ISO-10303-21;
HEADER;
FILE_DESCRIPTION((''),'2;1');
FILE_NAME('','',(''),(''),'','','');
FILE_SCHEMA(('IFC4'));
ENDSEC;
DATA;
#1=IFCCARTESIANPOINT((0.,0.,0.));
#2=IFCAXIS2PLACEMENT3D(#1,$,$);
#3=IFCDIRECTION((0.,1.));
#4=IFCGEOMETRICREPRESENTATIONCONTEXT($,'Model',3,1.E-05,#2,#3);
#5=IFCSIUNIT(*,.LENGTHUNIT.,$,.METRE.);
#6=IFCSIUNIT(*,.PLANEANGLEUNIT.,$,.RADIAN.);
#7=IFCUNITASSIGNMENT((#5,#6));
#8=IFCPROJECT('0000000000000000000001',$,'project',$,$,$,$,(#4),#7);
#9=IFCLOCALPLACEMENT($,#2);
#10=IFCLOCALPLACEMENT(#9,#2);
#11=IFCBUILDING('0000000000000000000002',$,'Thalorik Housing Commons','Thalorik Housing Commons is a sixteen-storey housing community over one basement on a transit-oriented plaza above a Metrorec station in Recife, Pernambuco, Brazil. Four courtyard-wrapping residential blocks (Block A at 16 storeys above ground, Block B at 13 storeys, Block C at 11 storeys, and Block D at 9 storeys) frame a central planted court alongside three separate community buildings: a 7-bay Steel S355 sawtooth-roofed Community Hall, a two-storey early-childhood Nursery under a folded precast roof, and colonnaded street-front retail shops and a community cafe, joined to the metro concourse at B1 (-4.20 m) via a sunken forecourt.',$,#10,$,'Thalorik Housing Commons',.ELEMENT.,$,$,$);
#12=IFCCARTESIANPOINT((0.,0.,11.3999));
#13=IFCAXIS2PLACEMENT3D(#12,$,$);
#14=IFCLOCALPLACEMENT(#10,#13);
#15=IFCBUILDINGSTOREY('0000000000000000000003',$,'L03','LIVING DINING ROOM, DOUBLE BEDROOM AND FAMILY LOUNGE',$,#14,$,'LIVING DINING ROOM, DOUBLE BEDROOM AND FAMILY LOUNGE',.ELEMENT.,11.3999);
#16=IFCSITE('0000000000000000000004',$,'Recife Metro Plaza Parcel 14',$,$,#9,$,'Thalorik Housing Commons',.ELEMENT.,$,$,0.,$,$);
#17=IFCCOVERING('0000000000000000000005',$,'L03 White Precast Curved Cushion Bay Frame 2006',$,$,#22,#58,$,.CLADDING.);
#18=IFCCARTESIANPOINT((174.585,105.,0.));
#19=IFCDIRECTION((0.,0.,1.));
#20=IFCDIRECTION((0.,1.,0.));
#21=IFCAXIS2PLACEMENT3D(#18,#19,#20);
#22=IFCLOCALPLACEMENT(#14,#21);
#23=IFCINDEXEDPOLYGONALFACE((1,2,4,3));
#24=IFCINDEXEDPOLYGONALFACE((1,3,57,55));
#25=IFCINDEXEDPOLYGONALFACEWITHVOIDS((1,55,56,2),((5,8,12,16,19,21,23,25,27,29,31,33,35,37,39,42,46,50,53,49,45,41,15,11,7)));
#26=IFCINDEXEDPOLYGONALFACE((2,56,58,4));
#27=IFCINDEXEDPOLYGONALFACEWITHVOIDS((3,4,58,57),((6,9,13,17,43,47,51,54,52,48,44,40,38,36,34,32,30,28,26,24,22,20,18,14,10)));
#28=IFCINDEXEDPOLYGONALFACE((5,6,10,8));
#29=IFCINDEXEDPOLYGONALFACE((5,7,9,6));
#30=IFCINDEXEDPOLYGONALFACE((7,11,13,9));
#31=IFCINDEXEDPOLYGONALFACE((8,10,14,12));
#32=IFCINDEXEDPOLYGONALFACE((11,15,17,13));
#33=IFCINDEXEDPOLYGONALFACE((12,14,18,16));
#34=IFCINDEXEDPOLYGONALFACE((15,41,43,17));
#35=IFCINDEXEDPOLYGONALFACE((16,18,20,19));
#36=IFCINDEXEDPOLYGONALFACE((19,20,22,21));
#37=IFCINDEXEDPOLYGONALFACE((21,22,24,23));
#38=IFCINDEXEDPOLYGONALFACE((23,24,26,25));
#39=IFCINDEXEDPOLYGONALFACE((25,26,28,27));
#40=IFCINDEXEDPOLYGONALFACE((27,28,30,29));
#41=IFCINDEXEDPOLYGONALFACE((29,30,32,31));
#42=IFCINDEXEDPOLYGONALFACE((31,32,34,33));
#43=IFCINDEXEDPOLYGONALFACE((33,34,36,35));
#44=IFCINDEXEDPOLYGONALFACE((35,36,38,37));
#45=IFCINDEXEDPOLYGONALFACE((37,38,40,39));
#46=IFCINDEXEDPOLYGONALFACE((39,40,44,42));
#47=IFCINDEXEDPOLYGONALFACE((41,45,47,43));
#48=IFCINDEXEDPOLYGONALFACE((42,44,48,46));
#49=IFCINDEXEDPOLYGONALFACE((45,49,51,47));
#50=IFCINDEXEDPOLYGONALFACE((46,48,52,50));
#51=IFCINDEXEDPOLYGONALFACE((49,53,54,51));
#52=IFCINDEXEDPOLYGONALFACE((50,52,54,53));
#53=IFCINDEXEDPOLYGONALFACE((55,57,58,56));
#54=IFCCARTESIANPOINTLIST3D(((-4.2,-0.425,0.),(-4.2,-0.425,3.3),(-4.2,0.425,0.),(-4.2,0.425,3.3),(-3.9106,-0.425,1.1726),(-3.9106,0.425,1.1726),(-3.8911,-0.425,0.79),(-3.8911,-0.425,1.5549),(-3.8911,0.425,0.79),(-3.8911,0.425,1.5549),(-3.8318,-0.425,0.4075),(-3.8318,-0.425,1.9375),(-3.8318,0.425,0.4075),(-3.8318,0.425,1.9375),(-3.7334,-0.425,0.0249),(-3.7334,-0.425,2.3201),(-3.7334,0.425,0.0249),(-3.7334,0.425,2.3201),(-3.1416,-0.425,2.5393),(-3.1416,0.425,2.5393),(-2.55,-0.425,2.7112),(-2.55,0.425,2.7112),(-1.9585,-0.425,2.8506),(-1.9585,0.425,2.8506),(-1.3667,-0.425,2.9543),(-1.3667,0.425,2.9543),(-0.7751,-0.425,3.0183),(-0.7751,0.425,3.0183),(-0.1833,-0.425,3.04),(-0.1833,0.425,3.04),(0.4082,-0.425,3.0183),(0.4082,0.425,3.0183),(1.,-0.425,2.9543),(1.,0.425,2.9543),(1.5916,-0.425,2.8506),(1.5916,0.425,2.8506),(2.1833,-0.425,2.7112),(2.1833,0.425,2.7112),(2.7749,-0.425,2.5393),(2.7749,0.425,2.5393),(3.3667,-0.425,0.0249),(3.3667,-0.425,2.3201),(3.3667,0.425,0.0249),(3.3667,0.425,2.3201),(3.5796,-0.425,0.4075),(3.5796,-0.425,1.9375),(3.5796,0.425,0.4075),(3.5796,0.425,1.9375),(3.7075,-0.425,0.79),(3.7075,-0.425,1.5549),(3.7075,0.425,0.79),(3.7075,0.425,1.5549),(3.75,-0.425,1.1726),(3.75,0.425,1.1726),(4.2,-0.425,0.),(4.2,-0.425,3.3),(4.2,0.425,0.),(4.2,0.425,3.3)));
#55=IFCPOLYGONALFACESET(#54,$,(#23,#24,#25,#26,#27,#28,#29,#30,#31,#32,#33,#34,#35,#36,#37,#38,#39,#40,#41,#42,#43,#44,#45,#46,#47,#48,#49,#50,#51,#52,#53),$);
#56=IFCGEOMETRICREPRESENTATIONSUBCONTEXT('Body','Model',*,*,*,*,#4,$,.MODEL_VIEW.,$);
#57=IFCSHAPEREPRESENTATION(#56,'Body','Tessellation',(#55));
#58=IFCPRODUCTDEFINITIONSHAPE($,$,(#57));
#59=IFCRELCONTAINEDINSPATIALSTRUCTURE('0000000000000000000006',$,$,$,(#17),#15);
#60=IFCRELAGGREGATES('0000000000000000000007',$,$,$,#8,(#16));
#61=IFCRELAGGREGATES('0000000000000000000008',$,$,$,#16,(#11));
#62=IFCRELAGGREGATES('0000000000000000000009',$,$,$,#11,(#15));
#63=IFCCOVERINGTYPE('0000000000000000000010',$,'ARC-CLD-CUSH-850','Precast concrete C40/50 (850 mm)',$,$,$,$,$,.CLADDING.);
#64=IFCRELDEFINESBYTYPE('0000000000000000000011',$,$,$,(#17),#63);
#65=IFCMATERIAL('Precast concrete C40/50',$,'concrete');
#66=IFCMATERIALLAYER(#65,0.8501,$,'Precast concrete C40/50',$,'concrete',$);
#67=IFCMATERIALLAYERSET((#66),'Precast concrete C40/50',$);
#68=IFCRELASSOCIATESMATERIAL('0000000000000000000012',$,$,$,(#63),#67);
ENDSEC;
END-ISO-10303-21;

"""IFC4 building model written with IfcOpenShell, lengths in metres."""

from ifc_helpers import new_model, si_unit, direction, frame, origin, place, context, subcontext, project, spatial, polyline, outline, extrude, material, layer, layer_set, type_object, element, save


model = new_model("IFC4")

# Units and contexts
model_context = context("Model", 3, precision=1e-05, world=origin(), true_north=direction((0.0, 1.0)))
body_context = subcontext(model_context, "Body", "Model", "MODEL_VIEW")
ifc_project = project(units=[si_unit("LENGTHUNIT", "METRE"), si_unit("PLANEANGLEUNIT", "RADIAN")], contexts=[model_context])

# Site, building, storey
site_placement = place(None, origin())
site = spatial("IfcSite", under=ifc_project, at=site_placement, Name="Recife Metro Plaza Parcel 14", LongName="Thalorik Housing Commons", CompositionType="ELEMENT", RefElevation=0.0)
building_placement = place(site_placement, origin())
building = spatial("IfcBuilding", under=site, at=building_placement, Name="Thalorik Housing Commons", Description="Thalorik Housing Commons is a sixteen-storey housing community over one basement on a transit-oriented plaza above a Metrorec station in Recife, Pernambuco, Brazil. Four courtyard-wrapping residential blocks (Block A at 16 storeys above ground, Block B at 13 storeys, Block C at 11 storeys, and Block D at 9 storeys) frame a central planted court alongside three separate community buildings: a 7-bay Steel S355 sawtooth-roofed Community Hall, a two-storey early-childhood Nursery under a folded precast roof, and colonnaded street-front retail shops and a community cafe, joined to the metro concourse at B1 (-4.20 m) via a sunken forecourt.", LongName="Thalorik Housing Commons", CompositionType="ELEMENT")
storey_placement = place(building_placement, frame((0.0, 0.0, 11.3999)))
storey = spatial("IfcBuildingStorey", under=building, at=storey_placement, Name="L03", Description="LIVING DINING ROOM, DOUBLE BEDROOM AND FAMILY LOUNGE", LongName="LIVING DINING ROOM, DOUBLE BEDROOM AND FAMILY LOUNGE", CompositionType="ELEMENT", Elevation=11.3999)

# Shared definitions
ifc_material_1 = material(Name="Precast concrete C40/50", Category="concrete")

# Covering
ifc_layer_1 = layer(ifc_material_1, 0.8501, Name="Precast concrete C40/50", Category="concrete")
ifc_layer_set_1 = layer_set([ifc_layer_1], Name="Precast concrete C40/50")
covering_type = type_object("IfcCoveringType", Name="ARC-CLD-CUSH-850", Description="Precast concrete C40/50 (850 mm)", PredefinedType="CLADDING", material=ifc_layer_set_1)
covering_placement = place(storey_placement, frame((174.585, 105.0, 0.0), z_axis=(0.0, 0.0, 1.0), x_axis=(0.0, 1.0, 0.0)))
element("IfcCovering", 1, at=covering_placement, inside=storey, type_object=covering_type, Name="L03 White Precast Curved Cushion Bay Frame 2006", PredefinedType="CLADDING", context=body_context, shape_type="SweptSolid", body=[
    extrude(outline(polyline([(-4.2, 0.0), (4.2, 0.0), (4.2, 3.3), (-4.2, 3.3), (-4.2, 0.0)]), holes=[polyline([(3.3667, 0.0249), (3.5796, 0.4075), (3.7075, 0.79), (3.75, 1.1726), (3.7075, 1.5549), (3.5796, 1.9375), (3.3667, 2.3201), (2.7749, 2.5393), (2.1833, 2.7112), (1.5916, 2.8506), (1.0, 2.9543), (0.4082, 3.0183), (-0.1833, 3.04), (-0.7751, 3.0183), (-1.3667, 2.9543), (-1.9585, 2.8506), (-2.55, 2.7112), (-3.1416, 2.5393), (-3.7334, 2.3201), (-3.8318, 1.9375), (-3.8911, 1.5549), (-3.9106, 1.1726), (-3.8911, 0.79), (-3.8318, 0.4075), (-3.7334, 0.0249), (3.3667, 0.0249)])]), frame((0.0, 0.425, 0.0), z_axis=(0.0, -1.0, 0.0), x_axis=(1.0, 0.0, 0.0)), (0.0, 0.0, 1.0), 0.8501),
])

save(model, "model.ifc")
